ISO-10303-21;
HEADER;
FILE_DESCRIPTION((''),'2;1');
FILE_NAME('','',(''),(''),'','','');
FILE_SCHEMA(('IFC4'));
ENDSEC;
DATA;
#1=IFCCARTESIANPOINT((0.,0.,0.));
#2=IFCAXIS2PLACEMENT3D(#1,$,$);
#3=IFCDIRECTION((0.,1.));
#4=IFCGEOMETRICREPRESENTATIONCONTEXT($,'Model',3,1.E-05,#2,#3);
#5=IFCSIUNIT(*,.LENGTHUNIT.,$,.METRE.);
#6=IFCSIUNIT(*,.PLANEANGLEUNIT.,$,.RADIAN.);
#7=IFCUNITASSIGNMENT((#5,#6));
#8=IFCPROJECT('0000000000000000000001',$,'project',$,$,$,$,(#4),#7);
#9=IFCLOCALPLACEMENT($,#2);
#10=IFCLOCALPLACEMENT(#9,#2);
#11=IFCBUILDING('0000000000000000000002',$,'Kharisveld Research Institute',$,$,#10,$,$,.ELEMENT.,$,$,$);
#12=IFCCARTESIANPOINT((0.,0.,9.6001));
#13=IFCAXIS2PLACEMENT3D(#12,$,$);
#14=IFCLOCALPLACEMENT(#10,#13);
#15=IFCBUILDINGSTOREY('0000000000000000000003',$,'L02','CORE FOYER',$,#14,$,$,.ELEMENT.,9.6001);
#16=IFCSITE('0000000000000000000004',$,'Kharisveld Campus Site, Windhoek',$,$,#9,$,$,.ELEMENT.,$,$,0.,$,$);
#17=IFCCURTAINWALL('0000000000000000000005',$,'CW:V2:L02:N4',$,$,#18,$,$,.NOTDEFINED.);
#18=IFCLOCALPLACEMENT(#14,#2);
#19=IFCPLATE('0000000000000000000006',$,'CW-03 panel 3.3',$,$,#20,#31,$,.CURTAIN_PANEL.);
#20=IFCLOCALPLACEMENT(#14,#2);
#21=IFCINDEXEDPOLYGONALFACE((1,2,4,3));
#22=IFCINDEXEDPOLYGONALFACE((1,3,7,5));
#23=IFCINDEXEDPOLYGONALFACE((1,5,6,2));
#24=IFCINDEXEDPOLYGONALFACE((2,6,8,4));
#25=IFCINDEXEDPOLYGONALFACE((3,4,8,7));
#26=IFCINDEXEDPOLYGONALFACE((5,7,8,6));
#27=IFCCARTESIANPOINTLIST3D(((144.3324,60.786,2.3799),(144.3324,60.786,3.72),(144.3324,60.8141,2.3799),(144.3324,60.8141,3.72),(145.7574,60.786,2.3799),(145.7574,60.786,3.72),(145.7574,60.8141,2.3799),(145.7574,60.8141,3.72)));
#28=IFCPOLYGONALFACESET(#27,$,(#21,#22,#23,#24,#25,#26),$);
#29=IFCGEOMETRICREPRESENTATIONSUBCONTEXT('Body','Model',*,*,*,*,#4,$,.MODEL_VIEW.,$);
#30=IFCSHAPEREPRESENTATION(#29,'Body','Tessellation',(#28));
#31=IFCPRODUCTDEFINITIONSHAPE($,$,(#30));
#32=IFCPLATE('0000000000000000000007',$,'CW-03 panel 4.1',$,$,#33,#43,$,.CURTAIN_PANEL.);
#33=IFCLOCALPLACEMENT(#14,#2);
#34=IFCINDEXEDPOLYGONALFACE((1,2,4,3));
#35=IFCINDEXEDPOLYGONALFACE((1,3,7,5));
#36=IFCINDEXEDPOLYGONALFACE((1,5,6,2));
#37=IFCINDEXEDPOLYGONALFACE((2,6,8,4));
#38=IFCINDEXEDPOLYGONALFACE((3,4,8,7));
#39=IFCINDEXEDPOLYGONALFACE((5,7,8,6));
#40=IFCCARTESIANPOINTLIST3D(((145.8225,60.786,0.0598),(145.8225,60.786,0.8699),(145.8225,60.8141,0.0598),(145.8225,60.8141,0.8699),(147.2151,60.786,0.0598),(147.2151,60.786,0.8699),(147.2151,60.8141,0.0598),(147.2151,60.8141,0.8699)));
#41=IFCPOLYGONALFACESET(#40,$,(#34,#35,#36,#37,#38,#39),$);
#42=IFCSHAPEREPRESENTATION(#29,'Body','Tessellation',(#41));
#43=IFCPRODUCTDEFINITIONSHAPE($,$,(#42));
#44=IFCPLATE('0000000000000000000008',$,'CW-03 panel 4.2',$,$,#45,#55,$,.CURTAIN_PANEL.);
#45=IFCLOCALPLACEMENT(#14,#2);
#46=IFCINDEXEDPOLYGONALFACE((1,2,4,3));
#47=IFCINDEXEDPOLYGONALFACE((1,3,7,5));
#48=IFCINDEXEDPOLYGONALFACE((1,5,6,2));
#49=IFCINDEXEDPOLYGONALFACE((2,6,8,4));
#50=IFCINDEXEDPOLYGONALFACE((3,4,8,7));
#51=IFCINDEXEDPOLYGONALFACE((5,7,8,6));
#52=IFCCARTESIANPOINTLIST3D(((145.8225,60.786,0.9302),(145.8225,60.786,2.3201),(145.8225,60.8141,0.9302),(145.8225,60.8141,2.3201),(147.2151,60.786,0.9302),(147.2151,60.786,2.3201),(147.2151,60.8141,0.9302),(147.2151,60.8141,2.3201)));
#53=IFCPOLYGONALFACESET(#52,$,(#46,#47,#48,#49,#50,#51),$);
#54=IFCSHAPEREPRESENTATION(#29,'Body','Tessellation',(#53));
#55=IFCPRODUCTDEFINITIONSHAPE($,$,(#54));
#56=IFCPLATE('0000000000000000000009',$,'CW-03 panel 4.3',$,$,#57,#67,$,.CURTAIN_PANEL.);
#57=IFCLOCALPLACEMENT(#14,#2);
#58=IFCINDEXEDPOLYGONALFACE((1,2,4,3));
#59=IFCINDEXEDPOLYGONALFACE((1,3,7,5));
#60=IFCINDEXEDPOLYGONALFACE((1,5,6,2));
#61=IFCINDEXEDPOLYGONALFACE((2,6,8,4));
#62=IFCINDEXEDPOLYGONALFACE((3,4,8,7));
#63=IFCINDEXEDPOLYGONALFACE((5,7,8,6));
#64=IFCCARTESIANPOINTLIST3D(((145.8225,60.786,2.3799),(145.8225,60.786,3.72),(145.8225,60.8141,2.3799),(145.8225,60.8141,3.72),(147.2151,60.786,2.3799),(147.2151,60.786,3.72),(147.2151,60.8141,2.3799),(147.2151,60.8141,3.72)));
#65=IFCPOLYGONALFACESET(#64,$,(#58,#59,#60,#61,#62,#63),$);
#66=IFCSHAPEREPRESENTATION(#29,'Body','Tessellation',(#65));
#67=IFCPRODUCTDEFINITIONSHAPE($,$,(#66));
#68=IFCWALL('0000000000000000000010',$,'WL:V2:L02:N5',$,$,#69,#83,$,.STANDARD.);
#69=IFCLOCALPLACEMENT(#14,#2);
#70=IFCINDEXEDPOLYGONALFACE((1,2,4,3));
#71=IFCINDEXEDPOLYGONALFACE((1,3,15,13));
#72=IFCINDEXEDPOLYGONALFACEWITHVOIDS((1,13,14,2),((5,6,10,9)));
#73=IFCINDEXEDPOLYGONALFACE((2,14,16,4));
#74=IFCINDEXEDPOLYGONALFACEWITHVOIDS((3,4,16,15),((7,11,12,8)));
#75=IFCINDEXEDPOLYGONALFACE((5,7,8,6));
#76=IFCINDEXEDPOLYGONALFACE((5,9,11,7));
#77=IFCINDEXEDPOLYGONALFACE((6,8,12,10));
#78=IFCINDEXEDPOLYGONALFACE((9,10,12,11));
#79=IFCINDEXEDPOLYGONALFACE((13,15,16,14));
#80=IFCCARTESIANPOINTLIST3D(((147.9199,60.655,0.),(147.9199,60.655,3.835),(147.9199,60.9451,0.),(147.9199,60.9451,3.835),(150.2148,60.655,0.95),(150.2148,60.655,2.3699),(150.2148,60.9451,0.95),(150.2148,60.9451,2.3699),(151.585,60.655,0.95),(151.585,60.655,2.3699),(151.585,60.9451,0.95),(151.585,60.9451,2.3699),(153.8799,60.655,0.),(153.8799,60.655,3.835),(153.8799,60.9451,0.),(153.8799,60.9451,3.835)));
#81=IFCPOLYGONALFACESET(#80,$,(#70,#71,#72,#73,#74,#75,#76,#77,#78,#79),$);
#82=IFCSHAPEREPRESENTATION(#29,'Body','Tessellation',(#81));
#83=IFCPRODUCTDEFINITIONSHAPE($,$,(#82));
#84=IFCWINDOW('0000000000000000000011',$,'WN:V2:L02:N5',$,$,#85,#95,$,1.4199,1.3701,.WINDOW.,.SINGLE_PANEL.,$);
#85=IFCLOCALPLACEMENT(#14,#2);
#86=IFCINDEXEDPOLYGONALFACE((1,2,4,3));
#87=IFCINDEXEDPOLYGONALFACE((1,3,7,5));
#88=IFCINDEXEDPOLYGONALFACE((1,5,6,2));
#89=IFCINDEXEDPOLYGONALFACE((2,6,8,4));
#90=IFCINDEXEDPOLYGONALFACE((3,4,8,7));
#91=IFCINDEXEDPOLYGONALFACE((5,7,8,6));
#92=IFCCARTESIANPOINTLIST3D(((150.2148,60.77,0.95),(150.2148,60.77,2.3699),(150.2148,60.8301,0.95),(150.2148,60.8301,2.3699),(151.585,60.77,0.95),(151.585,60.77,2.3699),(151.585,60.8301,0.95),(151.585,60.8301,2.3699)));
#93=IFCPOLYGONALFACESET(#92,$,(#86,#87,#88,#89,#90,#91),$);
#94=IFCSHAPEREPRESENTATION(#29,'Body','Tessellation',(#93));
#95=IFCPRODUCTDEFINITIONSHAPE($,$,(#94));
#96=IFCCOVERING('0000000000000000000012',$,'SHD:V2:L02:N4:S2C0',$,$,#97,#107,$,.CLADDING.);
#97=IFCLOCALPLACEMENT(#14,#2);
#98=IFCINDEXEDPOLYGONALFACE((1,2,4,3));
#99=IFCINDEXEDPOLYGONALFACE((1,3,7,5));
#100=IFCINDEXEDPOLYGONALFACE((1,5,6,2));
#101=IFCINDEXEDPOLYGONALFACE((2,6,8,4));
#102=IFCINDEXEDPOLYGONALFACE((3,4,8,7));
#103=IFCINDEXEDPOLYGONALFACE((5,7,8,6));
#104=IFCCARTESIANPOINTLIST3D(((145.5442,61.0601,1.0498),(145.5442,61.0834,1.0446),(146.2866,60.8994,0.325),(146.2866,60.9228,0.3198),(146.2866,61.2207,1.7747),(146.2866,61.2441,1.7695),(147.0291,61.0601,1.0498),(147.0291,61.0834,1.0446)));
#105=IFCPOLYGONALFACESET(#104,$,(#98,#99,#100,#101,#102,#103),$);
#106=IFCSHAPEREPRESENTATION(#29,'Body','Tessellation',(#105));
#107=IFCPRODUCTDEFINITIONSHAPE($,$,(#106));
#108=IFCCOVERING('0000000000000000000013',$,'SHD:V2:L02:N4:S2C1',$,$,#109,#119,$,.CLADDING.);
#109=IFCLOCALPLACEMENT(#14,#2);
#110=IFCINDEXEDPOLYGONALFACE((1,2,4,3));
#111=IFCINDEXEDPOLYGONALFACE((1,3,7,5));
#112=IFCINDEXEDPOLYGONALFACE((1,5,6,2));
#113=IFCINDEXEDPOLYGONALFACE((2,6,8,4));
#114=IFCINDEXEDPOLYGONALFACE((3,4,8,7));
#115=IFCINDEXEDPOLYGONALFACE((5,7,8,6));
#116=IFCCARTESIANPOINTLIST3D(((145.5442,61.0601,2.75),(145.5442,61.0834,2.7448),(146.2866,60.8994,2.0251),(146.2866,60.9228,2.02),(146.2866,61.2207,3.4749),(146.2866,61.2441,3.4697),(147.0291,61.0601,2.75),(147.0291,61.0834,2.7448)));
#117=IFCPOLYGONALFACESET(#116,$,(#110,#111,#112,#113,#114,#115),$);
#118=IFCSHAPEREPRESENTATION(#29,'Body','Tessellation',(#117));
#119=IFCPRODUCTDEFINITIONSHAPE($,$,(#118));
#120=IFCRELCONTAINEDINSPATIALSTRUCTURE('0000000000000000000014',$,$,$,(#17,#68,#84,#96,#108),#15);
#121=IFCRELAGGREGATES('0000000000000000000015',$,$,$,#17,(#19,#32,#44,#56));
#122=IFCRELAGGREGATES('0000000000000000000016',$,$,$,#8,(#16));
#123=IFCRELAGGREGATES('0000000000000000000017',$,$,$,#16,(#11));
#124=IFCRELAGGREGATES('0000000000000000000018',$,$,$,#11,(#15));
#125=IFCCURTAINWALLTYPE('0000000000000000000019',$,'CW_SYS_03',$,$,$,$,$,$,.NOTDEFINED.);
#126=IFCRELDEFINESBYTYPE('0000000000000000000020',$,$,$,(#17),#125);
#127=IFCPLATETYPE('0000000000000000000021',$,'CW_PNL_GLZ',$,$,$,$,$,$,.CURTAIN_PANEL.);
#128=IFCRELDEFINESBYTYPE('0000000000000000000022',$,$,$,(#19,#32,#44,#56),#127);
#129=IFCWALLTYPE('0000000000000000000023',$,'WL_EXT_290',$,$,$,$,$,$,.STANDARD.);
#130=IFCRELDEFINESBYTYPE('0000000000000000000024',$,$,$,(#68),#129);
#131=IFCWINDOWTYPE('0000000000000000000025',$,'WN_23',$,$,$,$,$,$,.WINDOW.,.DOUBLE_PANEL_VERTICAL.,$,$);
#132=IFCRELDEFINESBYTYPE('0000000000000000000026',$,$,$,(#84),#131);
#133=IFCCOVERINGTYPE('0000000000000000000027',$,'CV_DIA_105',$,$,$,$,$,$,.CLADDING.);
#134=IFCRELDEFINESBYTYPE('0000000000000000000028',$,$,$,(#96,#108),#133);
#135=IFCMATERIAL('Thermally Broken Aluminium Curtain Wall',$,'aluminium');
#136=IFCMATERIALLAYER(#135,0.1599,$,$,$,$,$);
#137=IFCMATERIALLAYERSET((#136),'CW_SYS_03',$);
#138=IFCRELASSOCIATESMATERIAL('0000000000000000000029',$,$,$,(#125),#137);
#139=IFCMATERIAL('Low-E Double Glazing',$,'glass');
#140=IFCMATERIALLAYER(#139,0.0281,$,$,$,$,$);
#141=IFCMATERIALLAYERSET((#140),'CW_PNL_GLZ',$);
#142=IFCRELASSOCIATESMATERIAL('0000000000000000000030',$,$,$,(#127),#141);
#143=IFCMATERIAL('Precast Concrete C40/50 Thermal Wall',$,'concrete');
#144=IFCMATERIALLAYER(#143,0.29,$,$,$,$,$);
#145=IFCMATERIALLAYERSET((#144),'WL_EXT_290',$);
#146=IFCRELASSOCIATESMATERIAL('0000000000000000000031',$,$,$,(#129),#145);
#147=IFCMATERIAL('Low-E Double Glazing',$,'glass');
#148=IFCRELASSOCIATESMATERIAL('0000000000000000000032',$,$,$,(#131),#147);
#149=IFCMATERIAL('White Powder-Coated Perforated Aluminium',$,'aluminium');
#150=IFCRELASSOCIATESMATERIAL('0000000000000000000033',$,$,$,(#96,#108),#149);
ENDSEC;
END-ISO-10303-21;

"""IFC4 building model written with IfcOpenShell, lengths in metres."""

from ifc_helpers import new_model, si_unit, direction, frame, frame_2d, origin, origin_2d, place, context, subcontext, project, spatial, polyline, rectangle, outline, extrude, material, layer, layer_set, type_object, element, fill, aggregate, save


model = new_model("IFC4")

# Units and contexts
model_context = context("Model", 3, precision=1e-05, world=origin(), true_north=direction((0.0, 1.0)))
body_context = subcontext(model_context, "Body", "Model", "MODEL_VIEW")
ifc_project = project(units=[si_unit("LENGTHUNIT", "METRE"), si_unit("PLANEANGLEUNIT", "RADIAN")], contexts=[model_context])

# Site, building, storey
site_placement = place(None, origin())
site = spatial("IfcSite", under=ifc_project, at=site_placement, Name="Kharisveld Campus Site, Windhoek", CompositionType="ELEMENT", RefElevation=0.0)
building_placement = place(site_placement, origin())
building = spatial("IfcBuilding", under=site, at=building_placement, Name="Kharisveld Research Institute", CompositionType="ELEMENT")
storey_placement = place(building_placement, frame((0.0, 0.0, 9.6001)))
storey = spatial("IfcBuildingStorey", under=building, at=storey_placement, Name="L02", Description="CORE FOYER", CompositionType="ELEMENT", Elevation=9.6001)

# Curtain wall, plates
ifc_material_1 = material(Name="Thermally Broken Aluminium Curtain Wall", Category="aluminium")
ifc_layer_1 = layer(ifc_material_1, 0.1599)
ifc_layer_set_1 = layer_set([ifc_layer_1], Name="CW_SYS_03")
curtain_wall_type = type_object("IfcCurtainWallType", Name="CW_SYS_03", PredefinedType="NOTDEFINED", material=ifc_layer_set_1)
curtain_wall_placement = place(storey_placement, origin())
curtain_wall = element("IfcCurtainWall", 1, at=curtain_wall_placement, inside=storey, type_object=curtain_wall_type, Name="CW:V2:L02:N4", PredefinedType="NOTDEFINED")
ifc_material_2 = material(Name="Low-E Double Glazing", Category="glass")
ifc_layer_2 = layer(ifc_material_2, 0.0281)
ifc_layer_set_2 = layer_set([ifc_layer_2], Name="CW_PNL_GLZ")
plate_type = type_object("IfcPlateType", Name="CW_PNL_GLZ", PredefinedType="CURTAIN_PANEL", material=ifc_layer_set_2)
plate_1_placement = place(storey_placement, frame((145.0449, 60.8, 2.3799), z_axis=(0.0, 0.0, 1.0), x_axis=(1.0, 0.0, 0.0)))
plate_1 = element("IfcPlate", 2, at=plate_1_placement, type_object=plate_type, Name="CW-03 panel 3.3", PredefinedType="CURTAIN_PANEL", context=body_context, shape_type="SweptSolid", body=[
    extrude(rectangle(XDim=1.425, YDim=0.0281, at=origin_2d()), origin(), (0.0, 0.0, 1.0), 1.3401),
])
plate_2_placement = place(storey_placement, frame((146.5188, 60.8, 0.0598), z_axis=(0.0, 0.0, 1.0), x_axis=(1.0, 0.0, 0.0)))
plate_2 = element("IfcPlate", 3, at=plate_2_placement, type_object=plate_type, Name="CW-03 panel 4.1", PredefinedType="CURTAIN_PANEL", context=body_context, shape_type="SweptSolid", body=[
    extrude(rectangle(XDim=1.3926, YDim=0.0281, at=origin_2d()), origin(), (0.0, 0.0, 1.0), 0.8101),
])
plate_3_placement = place(storey_placement, frame((146.5188, 60.8, 0.9302), z_axis=(0.0, 0.0, 1.0), x_axis=(1.0, 0.0, 0.0)))
plate_3 = element("IfcPlate", 4, at=plate_3_placement, type_object=plate_type, Name="CW-03 panel 4.2", PredefinedType="CURTAIN_PANEL", context=body_context, shape_type="SweptSolid", body=[
    extrude(rectangle(XDim=1.3926, YDim=0.0281, at=origin_2d()), origin(), (0.0, 0.0, 1.0), 1.3899),
])
plate_4_placement = place(storey_placement, frame((146.5188, 60.8, 2.3799), z_axis=(0.0, 0.0, 1.0), x_axis=(1.0, 0.0, 0.0)))
plate_4 = element("IfcPlate", 5, at=plate_4_placement, type_object=plate_type, Name="CW-03 panel 4.3", PredefinedType="CURTAIN_PANEL", context=body_context, shape_type="SweptSolid", body=[
    extrude(rectangle(XDim=1.3926, YDim=0.0281, at=origin_2d()), origin(), (0.0, 0.0, 1.0), 1.3401),
])
aggregate(curtain_wall, [plate_1, plate_2, plate_3, plate_4])

# Wall, opening, window
ifc_material_3 = material(Name="Precast Concrete C40/50 Thermal Wall", Category="concrete")
ifc_layer_3 = layer(ifc_material_3, 0.29)
ifc_layer_set_3 = layer_set([ifc_layer_3], Name="WL_EXT_290")
wall_type = type_object("IfcWallType", Name="WL_EXT_290", PredefinedType="STANDARD", material=ifc_layer_set_3)
wall_placement = place(storey_placement, frame((147.9199, 60.8, 0.0), z_axis=(0.0, 0.0, 1.0), x_axis=(1.0, 0.0, 0.0)))
wall = element("IfcWall", 6, at=wall_placement, inside=storey, type_object=wall_type, Name="WL:V2:L02:N5", PredefinedType="STANDARD", context=body_context, shape_type="SweptSolid", body=[
    extrude(rectangle(XDim=5.96, YDim=0.29, at=frame_2d((2.98, 0.0))), origin(), (0.0, 0.0, 1.0), 3.835),
])
opening_placement = place(wall_placement, frame((2.2949, 0.0, 0.95)))
opening = element("IfcOpeningElement", 7, at=opening_placement, cuts=wall, PredefinedType="OPENING", context=body_context, shape_type="SweptSolid", body=[
    extrude(rectangle(XDim=1.3701, YDim=1.4199, at=frame_2d((0.6851, 0.71))), frame((0.0, 0.145, 0.0), z_axis=(0.0, -1.0, 0.0), x_axis=(1.0, 0.0, 0.0)), (0.0, 0.0, 1.0), 0.29),
])
ifc_material_4 = material(Name="Low-E Double Glazing", Category="glass")
window_type = type_object("IfcWindowType", Name="WN_23", PartitioningType="DOUBLE_PANEL_VERTICAL", PredefinedType="WINDOW", material=ifc_material_4)
window_placement = place(opening_placement, origin())
window = element("IfcWindow", 8, at=window_placement, inside=storey, type_object=window_type, Name="WN:V2:L02:N5", OverallHeight=1.4199, OverallWidth=1.3701, PartitioningType="SINGLE_PANEL", PredefinedType="WINDOW", context=body_context, shape_type="SweptSolid", body=[
    extrude(rectangle(XDim=1.3701, YDim=1.4199, at=frame_2d((0.6851, 0.71))), frame((0.0, 0.03, 0.0), z_axis=(0.0, -1.0, 0.0), x_axis=(1.0, 0.0, 0.0)), (0.0, 0.0, 1.0), 0.0601),
])
fill(opening, window)

# Coverings
ifc_material_5 = material(Name="White Powder-Coated Perforated Aluminium", Category="aluminium")
covering_type = type_object("IfcCoveringType", Name="CV_DIA_105", PredefinedType="CLADDING")
for number, where, z_axis, x_axis, name in (
    (9, (146.2866, 60.8994, 0.325), (0.0, -0.976311, 0.216373), (0.707102, 0.153, 0.69036), "SHD:V2:L02:N4:S2C0"),
    (10, (146.2866, 60.8994, 2.0251), (0.0, -0.976311, 0.216373), (0.707102, 0.153, 0.69036), "SHD:V2:L02:N4:S2C1"),
):
    element("IfcCovering", number, at=place(storey_placement, frame(where, z_axis=z_axis, x_axis=x_axis)), inside=storey, type_object=covering_type, material=ifc_material_5, Name=name, PredefinedType="CLADDING", context=body_context, shape_type="SweptSolid", body=[
        extrude(outline(polyline([(0.0, 0.0), (1.05, 0.0), (1.05, 1.05), (0.0, 1.05), (0.0, 0.0)])), origin(), (0.0, 0.0, -1.0), 0.0239),
    ])

save(model, "model.ifc")
